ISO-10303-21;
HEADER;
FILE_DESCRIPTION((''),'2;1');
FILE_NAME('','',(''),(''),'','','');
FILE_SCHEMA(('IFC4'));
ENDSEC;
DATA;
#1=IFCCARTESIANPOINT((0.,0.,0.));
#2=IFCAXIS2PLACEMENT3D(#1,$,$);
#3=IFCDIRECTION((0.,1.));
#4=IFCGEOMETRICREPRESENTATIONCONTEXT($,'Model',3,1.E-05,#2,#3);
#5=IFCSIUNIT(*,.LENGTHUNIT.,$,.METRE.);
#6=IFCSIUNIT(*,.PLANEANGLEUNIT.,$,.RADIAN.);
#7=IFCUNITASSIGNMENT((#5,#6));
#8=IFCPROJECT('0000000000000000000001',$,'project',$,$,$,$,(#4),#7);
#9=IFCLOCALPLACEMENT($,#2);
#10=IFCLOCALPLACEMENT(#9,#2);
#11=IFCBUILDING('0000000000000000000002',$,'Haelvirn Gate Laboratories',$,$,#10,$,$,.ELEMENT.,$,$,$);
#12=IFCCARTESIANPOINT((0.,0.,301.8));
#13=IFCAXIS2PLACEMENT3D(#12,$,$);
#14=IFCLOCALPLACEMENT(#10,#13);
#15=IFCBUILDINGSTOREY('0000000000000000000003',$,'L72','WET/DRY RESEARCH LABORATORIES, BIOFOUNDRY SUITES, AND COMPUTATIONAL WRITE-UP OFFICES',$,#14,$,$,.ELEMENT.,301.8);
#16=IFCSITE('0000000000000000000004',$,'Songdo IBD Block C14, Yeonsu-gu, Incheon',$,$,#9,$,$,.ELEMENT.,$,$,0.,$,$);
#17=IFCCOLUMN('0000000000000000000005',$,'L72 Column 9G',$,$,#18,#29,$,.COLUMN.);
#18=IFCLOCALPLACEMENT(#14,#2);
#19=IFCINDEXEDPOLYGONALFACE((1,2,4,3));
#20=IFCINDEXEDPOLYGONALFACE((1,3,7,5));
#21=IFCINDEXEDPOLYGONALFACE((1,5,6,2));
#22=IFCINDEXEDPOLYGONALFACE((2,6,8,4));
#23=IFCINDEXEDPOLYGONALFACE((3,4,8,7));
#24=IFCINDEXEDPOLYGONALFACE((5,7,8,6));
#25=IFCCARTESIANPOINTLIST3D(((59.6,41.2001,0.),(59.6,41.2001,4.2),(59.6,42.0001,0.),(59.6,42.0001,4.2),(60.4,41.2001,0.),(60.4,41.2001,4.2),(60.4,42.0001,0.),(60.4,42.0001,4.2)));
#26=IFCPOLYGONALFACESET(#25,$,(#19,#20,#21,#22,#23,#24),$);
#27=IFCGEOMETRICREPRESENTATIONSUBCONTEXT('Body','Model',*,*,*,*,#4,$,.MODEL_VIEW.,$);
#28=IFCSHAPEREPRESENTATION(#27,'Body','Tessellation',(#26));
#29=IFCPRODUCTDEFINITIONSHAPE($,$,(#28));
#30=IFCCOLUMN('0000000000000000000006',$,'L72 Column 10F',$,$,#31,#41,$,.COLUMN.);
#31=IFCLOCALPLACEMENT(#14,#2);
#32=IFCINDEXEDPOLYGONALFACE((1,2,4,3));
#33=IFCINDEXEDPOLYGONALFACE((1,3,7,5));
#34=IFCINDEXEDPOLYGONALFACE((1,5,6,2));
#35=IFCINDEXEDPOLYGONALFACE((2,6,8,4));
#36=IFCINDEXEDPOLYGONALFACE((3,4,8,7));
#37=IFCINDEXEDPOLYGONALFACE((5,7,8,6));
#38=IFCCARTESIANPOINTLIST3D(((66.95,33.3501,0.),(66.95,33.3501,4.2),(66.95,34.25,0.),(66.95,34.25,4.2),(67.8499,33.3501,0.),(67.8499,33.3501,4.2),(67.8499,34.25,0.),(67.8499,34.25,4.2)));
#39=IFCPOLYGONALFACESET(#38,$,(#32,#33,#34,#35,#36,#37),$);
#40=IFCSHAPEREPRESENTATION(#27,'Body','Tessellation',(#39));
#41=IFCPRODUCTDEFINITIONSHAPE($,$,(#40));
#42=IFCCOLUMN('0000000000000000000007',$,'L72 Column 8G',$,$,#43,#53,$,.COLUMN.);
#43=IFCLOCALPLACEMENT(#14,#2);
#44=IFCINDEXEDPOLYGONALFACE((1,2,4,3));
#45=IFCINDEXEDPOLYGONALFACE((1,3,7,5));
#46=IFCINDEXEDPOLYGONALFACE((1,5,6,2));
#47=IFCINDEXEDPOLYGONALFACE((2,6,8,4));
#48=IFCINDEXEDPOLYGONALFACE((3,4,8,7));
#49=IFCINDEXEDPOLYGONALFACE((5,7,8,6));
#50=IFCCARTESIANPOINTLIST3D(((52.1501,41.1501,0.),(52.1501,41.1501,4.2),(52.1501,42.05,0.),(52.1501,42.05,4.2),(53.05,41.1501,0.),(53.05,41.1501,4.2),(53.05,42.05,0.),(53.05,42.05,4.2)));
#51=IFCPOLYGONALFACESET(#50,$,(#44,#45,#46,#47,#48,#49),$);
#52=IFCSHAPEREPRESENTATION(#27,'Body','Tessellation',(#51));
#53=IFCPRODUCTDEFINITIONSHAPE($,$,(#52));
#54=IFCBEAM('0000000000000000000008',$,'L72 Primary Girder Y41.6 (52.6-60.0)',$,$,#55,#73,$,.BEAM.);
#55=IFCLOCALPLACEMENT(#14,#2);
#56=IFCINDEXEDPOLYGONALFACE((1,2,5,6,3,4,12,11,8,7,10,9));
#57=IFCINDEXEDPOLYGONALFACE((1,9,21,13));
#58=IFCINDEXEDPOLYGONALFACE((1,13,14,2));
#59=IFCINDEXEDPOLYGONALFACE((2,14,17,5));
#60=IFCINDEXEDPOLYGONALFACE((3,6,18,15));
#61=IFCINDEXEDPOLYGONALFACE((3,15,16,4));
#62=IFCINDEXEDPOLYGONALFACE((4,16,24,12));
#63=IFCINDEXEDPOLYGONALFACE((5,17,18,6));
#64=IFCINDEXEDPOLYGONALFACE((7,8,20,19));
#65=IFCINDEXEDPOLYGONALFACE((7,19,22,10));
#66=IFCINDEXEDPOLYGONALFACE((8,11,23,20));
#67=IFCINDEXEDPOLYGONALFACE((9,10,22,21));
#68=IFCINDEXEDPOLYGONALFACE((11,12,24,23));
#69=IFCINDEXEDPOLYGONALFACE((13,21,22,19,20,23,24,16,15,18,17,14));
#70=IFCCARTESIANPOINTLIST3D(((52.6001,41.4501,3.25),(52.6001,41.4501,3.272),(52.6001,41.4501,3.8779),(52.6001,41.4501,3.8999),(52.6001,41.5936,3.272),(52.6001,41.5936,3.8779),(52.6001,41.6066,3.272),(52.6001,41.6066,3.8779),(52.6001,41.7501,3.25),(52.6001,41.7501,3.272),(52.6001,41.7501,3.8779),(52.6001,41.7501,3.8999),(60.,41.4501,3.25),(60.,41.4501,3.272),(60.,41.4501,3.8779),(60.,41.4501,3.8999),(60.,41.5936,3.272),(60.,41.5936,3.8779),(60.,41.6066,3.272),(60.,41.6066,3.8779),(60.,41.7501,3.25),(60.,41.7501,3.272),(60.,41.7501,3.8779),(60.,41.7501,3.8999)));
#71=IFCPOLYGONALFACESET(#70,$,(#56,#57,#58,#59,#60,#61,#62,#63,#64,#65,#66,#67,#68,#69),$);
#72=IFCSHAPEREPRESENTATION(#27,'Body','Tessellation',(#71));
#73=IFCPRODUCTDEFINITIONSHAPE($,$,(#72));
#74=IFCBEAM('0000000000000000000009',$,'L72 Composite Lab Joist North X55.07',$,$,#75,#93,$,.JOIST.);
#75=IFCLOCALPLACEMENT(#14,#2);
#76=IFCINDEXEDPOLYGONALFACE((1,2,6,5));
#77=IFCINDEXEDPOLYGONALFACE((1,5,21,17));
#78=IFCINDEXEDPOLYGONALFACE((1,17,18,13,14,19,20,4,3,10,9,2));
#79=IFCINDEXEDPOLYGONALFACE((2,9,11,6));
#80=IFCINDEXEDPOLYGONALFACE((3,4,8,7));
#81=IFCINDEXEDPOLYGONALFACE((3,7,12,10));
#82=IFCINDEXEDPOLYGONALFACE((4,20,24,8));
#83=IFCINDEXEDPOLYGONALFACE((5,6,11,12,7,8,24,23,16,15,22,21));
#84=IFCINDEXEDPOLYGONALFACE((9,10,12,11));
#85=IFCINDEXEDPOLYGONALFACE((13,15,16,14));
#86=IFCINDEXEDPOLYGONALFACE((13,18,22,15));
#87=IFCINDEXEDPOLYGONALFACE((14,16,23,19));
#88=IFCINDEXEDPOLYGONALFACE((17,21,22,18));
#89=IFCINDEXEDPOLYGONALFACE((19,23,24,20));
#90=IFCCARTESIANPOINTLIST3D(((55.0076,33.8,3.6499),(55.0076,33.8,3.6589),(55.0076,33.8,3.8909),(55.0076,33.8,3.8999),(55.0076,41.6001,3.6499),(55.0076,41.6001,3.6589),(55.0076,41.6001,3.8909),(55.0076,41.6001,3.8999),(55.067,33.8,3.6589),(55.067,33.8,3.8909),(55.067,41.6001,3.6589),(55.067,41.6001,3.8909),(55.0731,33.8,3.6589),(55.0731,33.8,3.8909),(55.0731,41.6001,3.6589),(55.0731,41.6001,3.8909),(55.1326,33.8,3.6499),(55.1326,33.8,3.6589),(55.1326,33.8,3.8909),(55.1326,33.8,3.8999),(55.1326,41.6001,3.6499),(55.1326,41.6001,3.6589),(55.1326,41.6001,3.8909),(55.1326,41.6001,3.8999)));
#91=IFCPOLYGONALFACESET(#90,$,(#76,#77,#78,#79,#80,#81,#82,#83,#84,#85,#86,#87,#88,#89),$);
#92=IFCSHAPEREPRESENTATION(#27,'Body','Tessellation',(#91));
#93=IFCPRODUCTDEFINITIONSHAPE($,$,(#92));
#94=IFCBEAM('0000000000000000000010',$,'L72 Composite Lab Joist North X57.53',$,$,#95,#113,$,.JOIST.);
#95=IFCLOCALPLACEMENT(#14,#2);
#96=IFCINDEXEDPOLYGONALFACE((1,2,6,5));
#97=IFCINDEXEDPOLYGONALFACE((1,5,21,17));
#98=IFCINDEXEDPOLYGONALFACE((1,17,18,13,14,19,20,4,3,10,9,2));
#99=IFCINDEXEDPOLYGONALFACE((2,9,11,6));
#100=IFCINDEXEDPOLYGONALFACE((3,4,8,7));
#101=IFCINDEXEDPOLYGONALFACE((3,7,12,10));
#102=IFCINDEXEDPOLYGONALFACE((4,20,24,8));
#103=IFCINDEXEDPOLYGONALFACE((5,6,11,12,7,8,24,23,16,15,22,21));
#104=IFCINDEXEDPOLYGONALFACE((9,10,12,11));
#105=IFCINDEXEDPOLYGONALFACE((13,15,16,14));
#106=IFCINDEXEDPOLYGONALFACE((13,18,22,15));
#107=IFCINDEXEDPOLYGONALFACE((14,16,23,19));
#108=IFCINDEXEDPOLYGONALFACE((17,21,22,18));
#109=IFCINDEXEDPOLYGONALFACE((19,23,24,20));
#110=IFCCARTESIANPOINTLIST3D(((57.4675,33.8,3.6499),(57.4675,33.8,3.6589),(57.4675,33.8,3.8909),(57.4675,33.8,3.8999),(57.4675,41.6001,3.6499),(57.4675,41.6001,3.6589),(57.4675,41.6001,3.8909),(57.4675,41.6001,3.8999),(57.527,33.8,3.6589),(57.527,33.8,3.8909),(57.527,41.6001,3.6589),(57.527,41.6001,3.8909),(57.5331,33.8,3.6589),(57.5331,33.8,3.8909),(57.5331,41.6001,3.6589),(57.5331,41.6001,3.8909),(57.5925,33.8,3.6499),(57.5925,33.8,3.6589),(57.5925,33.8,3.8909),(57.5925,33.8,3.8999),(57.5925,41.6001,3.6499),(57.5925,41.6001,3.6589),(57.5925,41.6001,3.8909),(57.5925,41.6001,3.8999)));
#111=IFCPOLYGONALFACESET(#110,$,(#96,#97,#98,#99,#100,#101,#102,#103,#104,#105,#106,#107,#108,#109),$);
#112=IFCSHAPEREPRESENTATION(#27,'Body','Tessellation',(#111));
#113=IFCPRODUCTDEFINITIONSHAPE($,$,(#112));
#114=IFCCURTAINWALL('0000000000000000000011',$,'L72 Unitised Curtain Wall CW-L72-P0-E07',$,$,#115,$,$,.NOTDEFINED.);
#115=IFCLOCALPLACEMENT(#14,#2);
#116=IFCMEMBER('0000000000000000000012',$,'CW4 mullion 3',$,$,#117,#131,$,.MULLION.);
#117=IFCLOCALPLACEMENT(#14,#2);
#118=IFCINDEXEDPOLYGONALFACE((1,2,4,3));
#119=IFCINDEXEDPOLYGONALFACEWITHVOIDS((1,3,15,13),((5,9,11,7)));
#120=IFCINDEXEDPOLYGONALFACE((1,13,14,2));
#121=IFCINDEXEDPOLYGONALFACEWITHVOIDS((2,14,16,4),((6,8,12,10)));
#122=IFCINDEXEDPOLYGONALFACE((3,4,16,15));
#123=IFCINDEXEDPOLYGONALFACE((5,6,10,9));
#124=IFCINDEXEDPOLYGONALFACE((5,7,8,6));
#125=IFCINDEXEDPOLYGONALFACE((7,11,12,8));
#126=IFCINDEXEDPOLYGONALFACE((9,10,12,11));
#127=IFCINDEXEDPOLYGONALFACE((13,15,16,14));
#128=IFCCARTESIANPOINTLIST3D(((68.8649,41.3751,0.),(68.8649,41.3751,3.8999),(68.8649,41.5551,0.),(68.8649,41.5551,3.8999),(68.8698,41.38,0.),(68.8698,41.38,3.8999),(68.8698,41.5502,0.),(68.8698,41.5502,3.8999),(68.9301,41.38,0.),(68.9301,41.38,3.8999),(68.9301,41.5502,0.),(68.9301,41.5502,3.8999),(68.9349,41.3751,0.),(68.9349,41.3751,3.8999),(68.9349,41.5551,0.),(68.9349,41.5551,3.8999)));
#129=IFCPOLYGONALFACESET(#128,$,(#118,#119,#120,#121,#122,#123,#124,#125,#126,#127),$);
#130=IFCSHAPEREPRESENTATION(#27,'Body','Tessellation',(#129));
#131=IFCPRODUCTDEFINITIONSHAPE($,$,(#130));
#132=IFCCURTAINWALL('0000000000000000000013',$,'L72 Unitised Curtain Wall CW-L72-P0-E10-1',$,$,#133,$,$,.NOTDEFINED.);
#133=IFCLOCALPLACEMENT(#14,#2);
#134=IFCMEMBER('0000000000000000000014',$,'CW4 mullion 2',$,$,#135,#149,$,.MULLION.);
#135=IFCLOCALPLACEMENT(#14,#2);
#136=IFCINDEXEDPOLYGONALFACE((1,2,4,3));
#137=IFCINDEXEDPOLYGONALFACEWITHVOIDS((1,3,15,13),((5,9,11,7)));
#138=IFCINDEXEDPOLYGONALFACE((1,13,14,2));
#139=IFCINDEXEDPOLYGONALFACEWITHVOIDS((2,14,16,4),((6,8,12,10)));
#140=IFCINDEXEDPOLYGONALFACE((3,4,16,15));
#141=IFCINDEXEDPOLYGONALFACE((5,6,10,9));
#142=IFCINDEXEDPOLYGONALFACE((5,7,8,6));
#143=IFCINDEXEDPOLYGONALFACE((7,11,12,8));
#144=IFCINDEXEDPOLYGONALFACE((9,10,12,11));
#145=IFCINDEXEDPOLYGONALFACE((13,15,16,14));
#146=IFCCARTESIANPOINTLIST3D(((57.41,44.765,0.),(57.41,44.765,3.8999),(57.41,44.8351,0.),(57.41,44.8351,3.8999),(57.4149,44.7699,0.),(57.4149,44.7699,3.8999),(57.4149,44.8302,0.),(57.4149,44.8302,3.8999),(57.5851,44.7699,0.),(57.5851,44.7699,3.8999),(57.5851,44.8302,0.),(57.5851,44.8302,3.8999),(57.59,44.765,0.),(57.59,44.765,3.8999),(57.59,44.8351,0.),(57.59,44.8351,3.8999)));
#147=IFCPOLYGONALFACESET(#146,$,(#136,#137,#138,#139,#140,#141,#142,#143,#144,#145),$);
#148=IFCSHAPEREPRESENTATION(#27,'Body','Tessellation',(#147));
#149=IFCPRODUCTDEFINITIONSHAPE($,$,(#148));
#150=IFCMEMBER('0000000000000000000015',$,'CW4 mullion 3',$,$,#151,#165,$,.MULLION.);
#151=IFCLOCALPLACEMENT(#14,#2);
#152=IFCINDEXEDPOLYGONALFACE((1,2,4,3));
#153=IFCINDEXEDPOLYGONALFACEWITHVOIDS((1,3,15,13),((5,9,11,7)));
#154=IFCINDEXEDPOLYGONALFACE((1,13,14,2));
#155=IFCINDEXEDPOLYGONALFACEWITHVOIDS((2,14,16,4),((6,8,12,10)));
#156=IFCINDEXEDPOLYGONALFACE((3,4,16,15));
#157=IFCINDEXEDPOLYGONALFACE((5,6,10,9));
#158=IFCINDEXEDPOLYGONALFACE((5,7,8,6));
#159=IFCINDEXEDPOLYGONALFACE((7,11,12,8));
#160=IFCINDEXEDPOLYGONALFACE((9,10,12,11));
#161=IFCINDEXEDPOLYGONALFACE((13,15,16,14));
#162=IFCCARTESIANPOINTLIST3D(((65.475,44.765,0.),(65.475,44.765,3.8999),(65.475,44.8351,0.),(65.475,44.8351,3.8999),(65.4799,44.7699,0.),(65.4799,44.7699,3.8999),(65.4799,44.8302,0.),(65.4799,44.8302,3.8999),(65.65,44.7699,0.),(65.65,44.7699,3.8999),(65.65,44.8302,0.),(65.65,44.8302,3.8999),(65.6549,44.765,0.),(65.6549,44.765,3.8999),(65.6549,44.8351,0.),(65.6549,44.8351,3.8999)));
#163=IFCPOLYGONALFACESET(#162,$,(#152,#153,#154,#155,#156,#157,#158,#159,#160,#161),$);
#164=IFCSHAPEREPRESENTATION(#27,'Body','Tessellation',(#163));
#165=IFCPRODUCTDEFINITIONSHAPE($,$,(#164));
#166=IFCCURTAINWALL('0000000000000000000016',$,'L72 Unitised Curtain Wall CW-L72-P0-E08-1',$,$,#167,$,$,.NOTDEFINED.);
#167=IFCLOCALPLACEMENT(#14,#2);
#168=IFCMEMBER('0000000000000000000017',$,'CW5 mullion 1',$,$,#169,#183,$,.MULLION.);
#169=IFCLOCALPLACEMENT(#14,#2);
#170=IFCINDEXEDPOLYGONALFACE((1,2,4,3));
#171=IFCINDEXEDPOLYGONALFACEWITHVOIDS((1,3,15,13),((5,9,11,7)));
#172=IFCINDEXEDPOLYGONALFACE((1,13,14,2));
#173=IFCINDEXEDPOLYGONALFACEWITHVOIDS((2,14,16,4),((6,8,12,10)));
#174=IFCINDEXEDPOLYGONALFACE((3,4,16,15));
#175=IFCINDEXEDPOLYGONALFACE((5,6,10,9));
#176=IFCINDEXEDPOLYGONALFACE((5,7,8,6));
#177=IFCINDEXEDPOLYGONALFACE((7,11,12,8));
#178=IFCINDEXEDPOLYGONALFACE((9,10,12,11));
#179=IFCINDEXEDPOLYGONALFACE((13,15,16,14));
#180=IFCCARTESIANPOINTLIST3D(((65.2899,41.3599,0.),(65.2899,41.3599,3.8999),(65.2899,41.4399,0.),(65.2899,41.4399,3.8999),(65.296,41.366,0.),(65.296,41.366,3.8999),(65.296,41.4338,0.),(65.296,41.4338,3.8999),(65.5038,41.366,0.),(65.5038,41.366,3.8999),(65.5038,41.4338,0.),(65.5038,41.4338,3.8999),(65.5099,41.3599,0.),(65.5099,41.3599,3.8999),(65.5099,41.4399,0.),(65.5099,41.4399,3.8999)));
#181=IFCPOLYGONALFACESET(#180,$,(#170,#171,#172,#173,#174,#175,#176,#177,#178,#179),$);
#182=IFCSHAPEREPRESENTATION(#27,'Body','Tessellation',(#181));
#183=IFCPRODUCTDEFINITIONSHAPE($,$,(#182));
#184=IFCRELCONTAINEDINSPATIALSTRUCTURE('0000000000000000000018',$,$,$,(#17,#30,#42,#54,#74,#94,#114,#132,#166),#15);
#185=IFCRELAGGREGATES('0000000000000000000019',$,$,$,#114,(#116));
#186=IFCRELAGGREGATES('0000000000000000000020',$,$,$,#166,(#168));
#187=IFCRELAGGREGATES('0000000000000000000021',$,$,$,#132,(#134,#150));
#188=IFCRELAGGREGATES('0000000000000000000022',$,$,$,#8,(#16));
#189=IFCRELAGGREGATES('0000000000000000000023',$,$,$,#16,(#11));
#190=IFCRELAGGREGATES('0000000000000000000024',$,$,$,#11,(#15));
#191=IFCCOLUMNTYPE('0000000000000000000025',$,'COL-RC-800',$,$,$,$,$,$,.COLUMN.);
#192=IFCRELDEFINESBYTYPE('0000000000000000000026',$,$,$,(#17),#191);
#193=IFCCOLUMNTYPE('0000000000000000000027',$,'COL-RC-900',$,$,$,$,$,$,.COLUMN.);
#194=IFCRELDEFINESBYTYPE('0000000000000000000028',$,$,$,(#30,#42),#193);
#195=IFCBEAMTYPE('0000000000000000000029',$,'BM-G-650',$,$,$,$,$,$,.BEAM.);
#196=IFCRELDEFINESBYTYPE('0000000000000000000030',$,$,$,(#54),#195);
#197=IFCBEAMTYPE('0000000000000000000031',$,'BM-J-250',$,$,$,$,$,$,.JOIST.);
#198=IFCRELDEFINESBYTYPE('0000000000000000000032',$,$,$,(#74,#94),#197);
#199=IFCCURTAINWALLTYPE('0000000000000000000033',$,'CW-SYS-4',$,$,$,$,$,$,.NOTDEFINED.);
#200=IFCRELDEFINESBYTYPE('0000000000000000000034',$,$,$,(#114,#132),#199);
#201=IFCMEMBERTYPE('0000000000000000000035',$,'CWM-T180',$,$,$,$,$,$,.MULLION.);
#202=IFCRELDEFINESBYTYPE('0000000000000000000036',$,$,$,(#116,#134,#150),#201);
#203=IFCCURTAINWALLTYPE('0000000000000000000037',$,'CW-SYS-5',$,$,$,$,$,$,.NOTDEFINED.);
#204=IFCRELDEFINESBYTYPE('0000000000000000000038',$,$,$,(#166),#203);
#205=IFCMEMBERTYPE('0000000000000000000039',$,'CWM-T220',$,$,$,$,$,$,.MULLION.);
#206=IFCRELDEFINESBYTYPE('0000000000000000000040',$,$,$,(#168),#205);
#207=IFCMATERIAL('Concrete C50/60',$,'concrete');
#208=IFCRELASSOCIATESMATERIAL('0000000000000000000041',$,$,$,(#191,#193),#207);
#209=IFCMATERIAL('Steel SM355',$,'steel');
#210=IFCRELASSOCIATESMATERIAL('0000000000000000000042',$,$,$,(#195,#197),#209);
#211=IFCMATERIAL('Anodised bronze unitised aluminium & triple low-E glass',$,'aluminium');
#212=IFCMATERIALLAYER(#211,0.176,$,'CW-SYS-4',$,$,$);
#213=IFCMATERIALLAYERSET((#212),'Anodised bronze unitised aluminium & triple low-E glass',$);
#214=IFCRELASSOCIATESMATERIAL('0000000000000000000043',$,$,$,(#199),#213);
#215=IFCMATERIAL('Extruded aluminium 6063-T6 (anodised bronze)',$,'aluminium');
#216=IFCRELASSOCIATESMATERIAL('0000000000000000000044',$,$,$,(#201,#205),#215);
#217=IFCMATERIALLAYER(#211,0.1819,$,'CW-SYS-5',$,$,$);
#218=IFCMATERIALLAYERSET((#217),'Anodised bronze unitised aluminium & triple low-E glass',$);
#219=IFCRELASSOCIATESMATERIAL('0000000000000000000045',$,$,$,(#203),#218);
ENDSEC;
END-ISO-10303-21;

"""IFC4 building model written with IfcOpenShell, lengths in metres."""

from ifc_helpers import new_model, si_unit, direction, frame, origin, origin_2d, place, context, subcontext, project, spatial, rectangle, hollow_rectangle, i_section, extrude, source, transform, mapped, material, layer, layer_set, material_profile, profile_set, type_object, type_shapes, element, aggregate, save


model = new_model("IFC4")

# Units and contexts
model_context = context("Model", 3, precision=1e-05, world=origin(), true_north=direction((0.0, 1.0)))
body_context = subcontext(model_context, "Body", "Model", "MODEL_VIEW")
ifc_project = project(units=[si_unit("LENGTHUNIT", "METRE"), si_unit("PLANEANGLEUNIT", "RADIAN")], contexts=[model_context])

# Site, building, storey
site_placement = place(None, origin())
site = spatial("IfcSite", under=ifc_project, at=site_placement, Name="Songdo IBD Block C14, Yeonsu-gu, Incheon", CompositionType="ELEMENT", RefElevation=0.0)
building_placement = place(site_placement, origin())
building = spatial("IfcBuilding", under=site, at=building_placement, Name="Haelvirn Gate Laboratories", CompositionType="ELEMENT")
storey_placement = place(building_placement, frame((0.0, 0.0, 301.8)))
storey = spatial("IfcBuildingStorey", under=building, at=storey_placement, Name="L72", Description="WET/DRY RESEARCH LABORATORIES, BIOFOUNDRY SUITES, AND COMPUTATIONAL WRITE-UP OFFICES", CompositionType="ELEMENT", Elevation=301.8)

# Columns
ifc_material_1 = material(Name="Concrete C50/60", Category="concrete")
ifc_material_profile_1 = material_profile(ifc_material_1, rectangle(XDim=0.8, YDim=0.8, at=origin_2d()), Name="RC-800x800")
ifc_profile_set_1 = profile_set([ifc_material_profile_1], Name="Concrete C50/60")
column_type_1 = type_object("IfcColumnType", Name="COL-RC-800", PredefinedType="COLUMN", material=ifc_profile_set_1)
shared_shape_1 = source(origin(), body_context, "Body", "SweptSolid", [
    extrude(rectangle(XDim=0.8, YDim=0.8, at=origin_2d()), origin(), (0.0, 0.0, 1.0), 4.2),
])
type_shapes(column_type_1, [shared_shape_1])
column_placement = place(storey_placement, frame((60.0, 41.6001, 0.0), z_axis=(0.0, 0.0, 1.0), x_axis=(1.0, 0.0, 0.0)))
element("IfcColumn", 1, at=column_placement, inside=storey, type_object=column_type_1, Name="L72 Column 9G", PredefinedType="COLUMN", context=body_context, shape_type="MappedRepresentation", body=[
    mapped(shared_shape_1, transform((0.0, 0.0, 0.0), scale=1.0)),
])
ifc_material_profile_2 = material_profile(ifc_material_1, rectangle(XDim=0.8999, YDim=0.8999, at=origin_2d()), Name="RC-900x900")
ifc_profile_set_2 = profile_set([ifc_material_profile_2], Name="Concrete C50/60")
column_type_2 = type_object("IfcColumnType", Name="COL-RC-900", PredefinedType="COLUMN", material=ifc_profile_set_2)
shared_shape_2 = source(origin(), body_context, "Body", "SweptSolid", [
    extrude(rectangle(XDim=0.8999, YDim=0.8999, at=origin_2d()), origin(), (0.0, 0.0, 1.0), 4.2),
])
type_shapes(column_type_2, [shared_shape_2])
for number, where, z_axis, x_axis, name in (
    (2, (67.3999, 33.8, 0.0), (0.0, 0.0, 1.0), (1.0, 0.0, 0.0), "L72 Column 10F"),
    (3, (52.6001, 41.6001, 0.0), (0.0, 0.0, 1.0), (1.0, 0.0, 0.0), "L72 Column 8G"),
):
    element("IfcColumn", number, at=place(storey_placement, frame(where, z_axis=z_axis, x_axis=x_axis)), inside=storey, type_object=column_type_2, Name=name, PredefinedType="COLUMN", context=body_context, shape_type="MappedRepresentation", body=[
        mapped(shared_shape_2, transform((0.0, 0.0, 0.0), scale=1.0)),
    ])

# Beams
ifc_material_2 = material(Name="Steel SM355", Category="steel")
ifc_material_profile_3 = material_profile(ifc_material_2, i_section(OverallWidth=0.3, OverallDepth=0.6499, WebThickness=0.0129, FlangeThickness=0.022, at=origin_2d()), Name="H-650x300x13x22")
ifc_profile_set_3 = profile_set([ifc_material_profile_3], Name="Steel SM355")
beam_type_1 = type_object("IfcBeamType", Name="BM-G-650", PredefinedType="BEAM", material=ifc_profile_set_3)
shared_shape_3 = source(origin(), body_context, "Body", "SweptSolid", [
    extrude(i_section(OverallWidth=0.3, OverallDepth=0.6499, WebThickness=0.0129, FlangeThickness=0.022, at=origin_2d()), origin(), (0.0, 0.0, 1.0), 7.3999),
])
type_shapes(beam_type_1, [shared_shape_3])
beam_placement = place(storey_placement, frame((52.6001, 41.6001, 3.575), z_axis=(1.0, 0.0, 0.0), x_axis=(0.0, 1.0, 0.0)))
element("IfcBeam", 4, at=beam_placement, inside=storey, type_object=beam_type_1, Name="L72 Primary Girder Y41.6 (52.6-60.0)", PredefinedType="BEAM", context=body_context, shape_type="MappedRepresentation", body=[
    mapped(shared_shape_3, transform((0.0, 0.0, 0.0), scale=1.0)),
])
ifc_material_profile_4 = material_profile(ifc_material_2, i_section(OverallWidth=0.125, OverallDepth=0.25, WebThickness=0.0061, FlangeThickness=0.009, at=origin_2d()), Name="H-250x125x6x9")
ifc_profile_set_4 = profile_set([ifc_material_profile_4], Name="Steel SM355")
beam_type_2 = type_object("IfcBeamType", Name="BM-J-250", PredefinedType="JOIST", material=ifc_profile_set_4)
shared_shape_4 = source(origin(), body_context, "Body", "SweptSolid", [
    extrude(i_section(OverallWidth=0.125, OverallDepth=0.25, WebThickness=0.0061, FlangeThickness=0.009, at=origin_2d()), origin(), (0.0, 0.0, 1.0), 7.8),
])
type_shapes(beam_type_2, [shared_shape_4])
for number, where, z_axis, x_axis, name in (
    (5, (55.0701, 33.8, 3.7749), (0.0, 1.0, 0.0), (-1.0, 0.0, 0.0), "L72 Composite Lab Joist North X55.07"),
    (6, (57.53, 33.8, 3.7749), (0.0, 1.0, 0.0), (-1.0, 0.0, 0.0), "L72 Composite Lab Joist North X57.53"),
):
    element("IfcBeam", number, at=place(storey_placement, frame(where, z_axis=z_axis, x_axis=x_axis)), inside=storey, type_object=beam_type_2, Name=name, PredefinedType="JOIST", context=body_context, shape_type="MappedRepresentation", body=[
        mapped(shared_shape_4, transform((0.0, 0.0, 0.0), scale=1.0)),
    ])

# Curtain wall, member
ifc_material_3 = material(Name="Anodised bronze unitised aluminium & triple low-E glass", Category="aluminium")
ifc_layer_1 = layer(ifc_material_3, 0.176, Name="CW-SYS-4")
ifc_layer_set_1 = layer_set([ifc_layer_1], Name="Anodised bronze unitised aluminium & triple low-E glass")
curtain_wall_type_1 = type_object("IfcCurtainWallType", Name="CW-SYS-4", PredefinedType="NOTDEFINED", material=ifc_layer_set_1)
curtain_wall_1_placement = place(storey_placement, origin())
curtain_wall_1 = element("IfcCurtainWall", 7, at=curtain_wall_1_placement, inside=storey, type_object=curtain_wall_type_1, Name="L72 Unitised Curtain Wall CW-L72-P0-E07", PredefinedType="NOTDEFINED")
ifc_material_4 = material(Name="Extruded aluminium 6063-T6 (anodised bronze)", Category="aluminium")
ifc_material_profile_5 = material_profile(ifc_material_4, hollow_rectangle(XDim=0.0701, YDim=0.1799, WallThickness=0.0049, at=origin_2d()), Name="CWM-180x70x5")
ifc_profile_set_5 = profile_set([ifc_material_profile_5], Name="Extruded aluminium 6063-T6 (anodised bronze)")
member_type_1 = type_object("IfcMemberType", Name="CWM-T180", PredefinedType="MULLION", material=ifc_profile_set_5)
shared_shape_5 = source(origin(), body_context, "Body", "SweptSolid", [
    extrude(hollow_rectangle(XDim=0.0701, YDim=0.1799, WallThickness=0.0049, at=origin_2d()), origin(), (0.0, 0.0, 1.0), 3.8999),
])
type_shapes(member_type_1, [shared_shape_5])
member_1_placement = place(storey_placement, frame((68.8999, 41.4651, 0.0), z_axis=(0.0, 0.0, 1.0), x_axis=(-1.0, 0.0, 0.0)))
member_1 = element("IfcMember", 8, at=member_1_placement, type_object=member_type_1, Name="CW4 mullion 3", PredefinedType="MULLION", context=body_context, shape_type="MappedRepresentation", body=[
    mapped(shared_shape_5, transform((0.0, 0.0, 0.0), scale=1.0)),
])
aggregate(curtain_wall_1, [member_1])

# Curtain walls, members
curtain_wall_2_placement = place(storey_placement, origin())
curtain_wall_2 = element("IfcCurtainWall", 9, at=curtain_wall_2_placement, inside=storey, type_object=curtain_wall_type_1, Name="L72 Unitised Curtain Wall CW-L72-P0-E10-1", PredefinedType="NOTDEFINED")
member_2_placement = place(storey_placement, frame((57.5, 44.8, 0.0), z_axis=(0.0, 0.0, 1.0), x_axis=(0.0, 1.0, 0.0)))
member_2 = element("IfcMember", 10, at=member_2_placement, type_object=member_type_1, Name="CW4 mullion 2", PredefinedType="MULLION", context=body_context, shape_type="MappedRepresentation", body=[
    mapped(shared_shape_5, transform((0.0, 0.0, 0.0), scale=1.0)),
])
member_3_placement = place(storey_placement, frame((65.5649, 44.8, 0.0), z_axis=(0.0, 0.0, 1.0), x_axis=(0.0, 1.0, 0.0)))
member_3 = element("IfcMember", 11, at=member_3_placement, type_object=member_type_1, Name="CW4 mullion 3", PredefinedType="MULLION", context=body_context, shape_type="MappedRepresentation", body=[
    mapped(shared_shape_5, transform((0.0, 0.0, 0.0), scale=1.0)),
])
ifc_layer_2 = layer(ifc_material_3, 0.1819, Name="CW-SYS-5")
ifc_layer_set_2 = layer_set([ifc_layer_2], Name="Anodised bronze unitised aluminium & triple low-E glass")
curtain_wall_type_2 = type_object("IfcCurtainWallType", Name="CW-SYS-5", PredefinedType="NOTDEFINED", material=ifc_layer_set_2)
curtain_wall_3_placement = place(storey_placement, origin())
curtain_wall_3 = element("IfcCurtainWall", 12, at=curtain_wall_3_placement, inside=storey, type_object=curtain_wall_type_2, Name="L72 Unitised Curtain Wall CW-L72-P0-E08-1", PredefinedType="NOTDEFINED")
ifc_material_profile_6 = material_profile(ifc_material_4, hollow_rectangle(XDim=0.0801, YDim=0.22, WallThickness=0.0061, at=origin_2d()), Name="CWM-220x80x6")
ifc_profile_set_6 = profile_set([ifc_material_profile_6], Name="Extruded aluminium 6063-T6 (anodised bronze)")
member_type_2 = type_object("IfcMemberType", Name="CWM-T220", PredefinedType="MULLION", material=ifc_profile_set_6)
shared_shape_6 = source(origin(), body_context, "Body", "SweptSolid", [
    extrude(hollow_rectangle(XDim=0.0801, YDim=0.22, WallThickness=0.0061, at=origin_2d()), origin(), (0.0, 0.0, 1.0), 3.8999),
])
type_shapes(member_type_2, [shared_shape_6])
member_4_placement = place(storey_placement, frame((65.3999, 41.3999, 0.0), z_axis=(0.0, 0.0, 1.0), x_axis=(0.0, 1.0, 0.0)))
member_4 = element("IfcMember", 13, at=member_4_placement, type_object=member_type_2, Name="CW5 mullion 1", PredefinedType="MULLION", context=body_context, shape_type="MappedRepresentation", body=[
    mapped(shared_shape_6, transform((0.0, 0.0, 0.0), scale=1.0)),
])

aggregate(curtain_wall_3, [member_4])
aggregate(curtain_wall_2, [member_2, member_3])

save(model, "model.ifc")
